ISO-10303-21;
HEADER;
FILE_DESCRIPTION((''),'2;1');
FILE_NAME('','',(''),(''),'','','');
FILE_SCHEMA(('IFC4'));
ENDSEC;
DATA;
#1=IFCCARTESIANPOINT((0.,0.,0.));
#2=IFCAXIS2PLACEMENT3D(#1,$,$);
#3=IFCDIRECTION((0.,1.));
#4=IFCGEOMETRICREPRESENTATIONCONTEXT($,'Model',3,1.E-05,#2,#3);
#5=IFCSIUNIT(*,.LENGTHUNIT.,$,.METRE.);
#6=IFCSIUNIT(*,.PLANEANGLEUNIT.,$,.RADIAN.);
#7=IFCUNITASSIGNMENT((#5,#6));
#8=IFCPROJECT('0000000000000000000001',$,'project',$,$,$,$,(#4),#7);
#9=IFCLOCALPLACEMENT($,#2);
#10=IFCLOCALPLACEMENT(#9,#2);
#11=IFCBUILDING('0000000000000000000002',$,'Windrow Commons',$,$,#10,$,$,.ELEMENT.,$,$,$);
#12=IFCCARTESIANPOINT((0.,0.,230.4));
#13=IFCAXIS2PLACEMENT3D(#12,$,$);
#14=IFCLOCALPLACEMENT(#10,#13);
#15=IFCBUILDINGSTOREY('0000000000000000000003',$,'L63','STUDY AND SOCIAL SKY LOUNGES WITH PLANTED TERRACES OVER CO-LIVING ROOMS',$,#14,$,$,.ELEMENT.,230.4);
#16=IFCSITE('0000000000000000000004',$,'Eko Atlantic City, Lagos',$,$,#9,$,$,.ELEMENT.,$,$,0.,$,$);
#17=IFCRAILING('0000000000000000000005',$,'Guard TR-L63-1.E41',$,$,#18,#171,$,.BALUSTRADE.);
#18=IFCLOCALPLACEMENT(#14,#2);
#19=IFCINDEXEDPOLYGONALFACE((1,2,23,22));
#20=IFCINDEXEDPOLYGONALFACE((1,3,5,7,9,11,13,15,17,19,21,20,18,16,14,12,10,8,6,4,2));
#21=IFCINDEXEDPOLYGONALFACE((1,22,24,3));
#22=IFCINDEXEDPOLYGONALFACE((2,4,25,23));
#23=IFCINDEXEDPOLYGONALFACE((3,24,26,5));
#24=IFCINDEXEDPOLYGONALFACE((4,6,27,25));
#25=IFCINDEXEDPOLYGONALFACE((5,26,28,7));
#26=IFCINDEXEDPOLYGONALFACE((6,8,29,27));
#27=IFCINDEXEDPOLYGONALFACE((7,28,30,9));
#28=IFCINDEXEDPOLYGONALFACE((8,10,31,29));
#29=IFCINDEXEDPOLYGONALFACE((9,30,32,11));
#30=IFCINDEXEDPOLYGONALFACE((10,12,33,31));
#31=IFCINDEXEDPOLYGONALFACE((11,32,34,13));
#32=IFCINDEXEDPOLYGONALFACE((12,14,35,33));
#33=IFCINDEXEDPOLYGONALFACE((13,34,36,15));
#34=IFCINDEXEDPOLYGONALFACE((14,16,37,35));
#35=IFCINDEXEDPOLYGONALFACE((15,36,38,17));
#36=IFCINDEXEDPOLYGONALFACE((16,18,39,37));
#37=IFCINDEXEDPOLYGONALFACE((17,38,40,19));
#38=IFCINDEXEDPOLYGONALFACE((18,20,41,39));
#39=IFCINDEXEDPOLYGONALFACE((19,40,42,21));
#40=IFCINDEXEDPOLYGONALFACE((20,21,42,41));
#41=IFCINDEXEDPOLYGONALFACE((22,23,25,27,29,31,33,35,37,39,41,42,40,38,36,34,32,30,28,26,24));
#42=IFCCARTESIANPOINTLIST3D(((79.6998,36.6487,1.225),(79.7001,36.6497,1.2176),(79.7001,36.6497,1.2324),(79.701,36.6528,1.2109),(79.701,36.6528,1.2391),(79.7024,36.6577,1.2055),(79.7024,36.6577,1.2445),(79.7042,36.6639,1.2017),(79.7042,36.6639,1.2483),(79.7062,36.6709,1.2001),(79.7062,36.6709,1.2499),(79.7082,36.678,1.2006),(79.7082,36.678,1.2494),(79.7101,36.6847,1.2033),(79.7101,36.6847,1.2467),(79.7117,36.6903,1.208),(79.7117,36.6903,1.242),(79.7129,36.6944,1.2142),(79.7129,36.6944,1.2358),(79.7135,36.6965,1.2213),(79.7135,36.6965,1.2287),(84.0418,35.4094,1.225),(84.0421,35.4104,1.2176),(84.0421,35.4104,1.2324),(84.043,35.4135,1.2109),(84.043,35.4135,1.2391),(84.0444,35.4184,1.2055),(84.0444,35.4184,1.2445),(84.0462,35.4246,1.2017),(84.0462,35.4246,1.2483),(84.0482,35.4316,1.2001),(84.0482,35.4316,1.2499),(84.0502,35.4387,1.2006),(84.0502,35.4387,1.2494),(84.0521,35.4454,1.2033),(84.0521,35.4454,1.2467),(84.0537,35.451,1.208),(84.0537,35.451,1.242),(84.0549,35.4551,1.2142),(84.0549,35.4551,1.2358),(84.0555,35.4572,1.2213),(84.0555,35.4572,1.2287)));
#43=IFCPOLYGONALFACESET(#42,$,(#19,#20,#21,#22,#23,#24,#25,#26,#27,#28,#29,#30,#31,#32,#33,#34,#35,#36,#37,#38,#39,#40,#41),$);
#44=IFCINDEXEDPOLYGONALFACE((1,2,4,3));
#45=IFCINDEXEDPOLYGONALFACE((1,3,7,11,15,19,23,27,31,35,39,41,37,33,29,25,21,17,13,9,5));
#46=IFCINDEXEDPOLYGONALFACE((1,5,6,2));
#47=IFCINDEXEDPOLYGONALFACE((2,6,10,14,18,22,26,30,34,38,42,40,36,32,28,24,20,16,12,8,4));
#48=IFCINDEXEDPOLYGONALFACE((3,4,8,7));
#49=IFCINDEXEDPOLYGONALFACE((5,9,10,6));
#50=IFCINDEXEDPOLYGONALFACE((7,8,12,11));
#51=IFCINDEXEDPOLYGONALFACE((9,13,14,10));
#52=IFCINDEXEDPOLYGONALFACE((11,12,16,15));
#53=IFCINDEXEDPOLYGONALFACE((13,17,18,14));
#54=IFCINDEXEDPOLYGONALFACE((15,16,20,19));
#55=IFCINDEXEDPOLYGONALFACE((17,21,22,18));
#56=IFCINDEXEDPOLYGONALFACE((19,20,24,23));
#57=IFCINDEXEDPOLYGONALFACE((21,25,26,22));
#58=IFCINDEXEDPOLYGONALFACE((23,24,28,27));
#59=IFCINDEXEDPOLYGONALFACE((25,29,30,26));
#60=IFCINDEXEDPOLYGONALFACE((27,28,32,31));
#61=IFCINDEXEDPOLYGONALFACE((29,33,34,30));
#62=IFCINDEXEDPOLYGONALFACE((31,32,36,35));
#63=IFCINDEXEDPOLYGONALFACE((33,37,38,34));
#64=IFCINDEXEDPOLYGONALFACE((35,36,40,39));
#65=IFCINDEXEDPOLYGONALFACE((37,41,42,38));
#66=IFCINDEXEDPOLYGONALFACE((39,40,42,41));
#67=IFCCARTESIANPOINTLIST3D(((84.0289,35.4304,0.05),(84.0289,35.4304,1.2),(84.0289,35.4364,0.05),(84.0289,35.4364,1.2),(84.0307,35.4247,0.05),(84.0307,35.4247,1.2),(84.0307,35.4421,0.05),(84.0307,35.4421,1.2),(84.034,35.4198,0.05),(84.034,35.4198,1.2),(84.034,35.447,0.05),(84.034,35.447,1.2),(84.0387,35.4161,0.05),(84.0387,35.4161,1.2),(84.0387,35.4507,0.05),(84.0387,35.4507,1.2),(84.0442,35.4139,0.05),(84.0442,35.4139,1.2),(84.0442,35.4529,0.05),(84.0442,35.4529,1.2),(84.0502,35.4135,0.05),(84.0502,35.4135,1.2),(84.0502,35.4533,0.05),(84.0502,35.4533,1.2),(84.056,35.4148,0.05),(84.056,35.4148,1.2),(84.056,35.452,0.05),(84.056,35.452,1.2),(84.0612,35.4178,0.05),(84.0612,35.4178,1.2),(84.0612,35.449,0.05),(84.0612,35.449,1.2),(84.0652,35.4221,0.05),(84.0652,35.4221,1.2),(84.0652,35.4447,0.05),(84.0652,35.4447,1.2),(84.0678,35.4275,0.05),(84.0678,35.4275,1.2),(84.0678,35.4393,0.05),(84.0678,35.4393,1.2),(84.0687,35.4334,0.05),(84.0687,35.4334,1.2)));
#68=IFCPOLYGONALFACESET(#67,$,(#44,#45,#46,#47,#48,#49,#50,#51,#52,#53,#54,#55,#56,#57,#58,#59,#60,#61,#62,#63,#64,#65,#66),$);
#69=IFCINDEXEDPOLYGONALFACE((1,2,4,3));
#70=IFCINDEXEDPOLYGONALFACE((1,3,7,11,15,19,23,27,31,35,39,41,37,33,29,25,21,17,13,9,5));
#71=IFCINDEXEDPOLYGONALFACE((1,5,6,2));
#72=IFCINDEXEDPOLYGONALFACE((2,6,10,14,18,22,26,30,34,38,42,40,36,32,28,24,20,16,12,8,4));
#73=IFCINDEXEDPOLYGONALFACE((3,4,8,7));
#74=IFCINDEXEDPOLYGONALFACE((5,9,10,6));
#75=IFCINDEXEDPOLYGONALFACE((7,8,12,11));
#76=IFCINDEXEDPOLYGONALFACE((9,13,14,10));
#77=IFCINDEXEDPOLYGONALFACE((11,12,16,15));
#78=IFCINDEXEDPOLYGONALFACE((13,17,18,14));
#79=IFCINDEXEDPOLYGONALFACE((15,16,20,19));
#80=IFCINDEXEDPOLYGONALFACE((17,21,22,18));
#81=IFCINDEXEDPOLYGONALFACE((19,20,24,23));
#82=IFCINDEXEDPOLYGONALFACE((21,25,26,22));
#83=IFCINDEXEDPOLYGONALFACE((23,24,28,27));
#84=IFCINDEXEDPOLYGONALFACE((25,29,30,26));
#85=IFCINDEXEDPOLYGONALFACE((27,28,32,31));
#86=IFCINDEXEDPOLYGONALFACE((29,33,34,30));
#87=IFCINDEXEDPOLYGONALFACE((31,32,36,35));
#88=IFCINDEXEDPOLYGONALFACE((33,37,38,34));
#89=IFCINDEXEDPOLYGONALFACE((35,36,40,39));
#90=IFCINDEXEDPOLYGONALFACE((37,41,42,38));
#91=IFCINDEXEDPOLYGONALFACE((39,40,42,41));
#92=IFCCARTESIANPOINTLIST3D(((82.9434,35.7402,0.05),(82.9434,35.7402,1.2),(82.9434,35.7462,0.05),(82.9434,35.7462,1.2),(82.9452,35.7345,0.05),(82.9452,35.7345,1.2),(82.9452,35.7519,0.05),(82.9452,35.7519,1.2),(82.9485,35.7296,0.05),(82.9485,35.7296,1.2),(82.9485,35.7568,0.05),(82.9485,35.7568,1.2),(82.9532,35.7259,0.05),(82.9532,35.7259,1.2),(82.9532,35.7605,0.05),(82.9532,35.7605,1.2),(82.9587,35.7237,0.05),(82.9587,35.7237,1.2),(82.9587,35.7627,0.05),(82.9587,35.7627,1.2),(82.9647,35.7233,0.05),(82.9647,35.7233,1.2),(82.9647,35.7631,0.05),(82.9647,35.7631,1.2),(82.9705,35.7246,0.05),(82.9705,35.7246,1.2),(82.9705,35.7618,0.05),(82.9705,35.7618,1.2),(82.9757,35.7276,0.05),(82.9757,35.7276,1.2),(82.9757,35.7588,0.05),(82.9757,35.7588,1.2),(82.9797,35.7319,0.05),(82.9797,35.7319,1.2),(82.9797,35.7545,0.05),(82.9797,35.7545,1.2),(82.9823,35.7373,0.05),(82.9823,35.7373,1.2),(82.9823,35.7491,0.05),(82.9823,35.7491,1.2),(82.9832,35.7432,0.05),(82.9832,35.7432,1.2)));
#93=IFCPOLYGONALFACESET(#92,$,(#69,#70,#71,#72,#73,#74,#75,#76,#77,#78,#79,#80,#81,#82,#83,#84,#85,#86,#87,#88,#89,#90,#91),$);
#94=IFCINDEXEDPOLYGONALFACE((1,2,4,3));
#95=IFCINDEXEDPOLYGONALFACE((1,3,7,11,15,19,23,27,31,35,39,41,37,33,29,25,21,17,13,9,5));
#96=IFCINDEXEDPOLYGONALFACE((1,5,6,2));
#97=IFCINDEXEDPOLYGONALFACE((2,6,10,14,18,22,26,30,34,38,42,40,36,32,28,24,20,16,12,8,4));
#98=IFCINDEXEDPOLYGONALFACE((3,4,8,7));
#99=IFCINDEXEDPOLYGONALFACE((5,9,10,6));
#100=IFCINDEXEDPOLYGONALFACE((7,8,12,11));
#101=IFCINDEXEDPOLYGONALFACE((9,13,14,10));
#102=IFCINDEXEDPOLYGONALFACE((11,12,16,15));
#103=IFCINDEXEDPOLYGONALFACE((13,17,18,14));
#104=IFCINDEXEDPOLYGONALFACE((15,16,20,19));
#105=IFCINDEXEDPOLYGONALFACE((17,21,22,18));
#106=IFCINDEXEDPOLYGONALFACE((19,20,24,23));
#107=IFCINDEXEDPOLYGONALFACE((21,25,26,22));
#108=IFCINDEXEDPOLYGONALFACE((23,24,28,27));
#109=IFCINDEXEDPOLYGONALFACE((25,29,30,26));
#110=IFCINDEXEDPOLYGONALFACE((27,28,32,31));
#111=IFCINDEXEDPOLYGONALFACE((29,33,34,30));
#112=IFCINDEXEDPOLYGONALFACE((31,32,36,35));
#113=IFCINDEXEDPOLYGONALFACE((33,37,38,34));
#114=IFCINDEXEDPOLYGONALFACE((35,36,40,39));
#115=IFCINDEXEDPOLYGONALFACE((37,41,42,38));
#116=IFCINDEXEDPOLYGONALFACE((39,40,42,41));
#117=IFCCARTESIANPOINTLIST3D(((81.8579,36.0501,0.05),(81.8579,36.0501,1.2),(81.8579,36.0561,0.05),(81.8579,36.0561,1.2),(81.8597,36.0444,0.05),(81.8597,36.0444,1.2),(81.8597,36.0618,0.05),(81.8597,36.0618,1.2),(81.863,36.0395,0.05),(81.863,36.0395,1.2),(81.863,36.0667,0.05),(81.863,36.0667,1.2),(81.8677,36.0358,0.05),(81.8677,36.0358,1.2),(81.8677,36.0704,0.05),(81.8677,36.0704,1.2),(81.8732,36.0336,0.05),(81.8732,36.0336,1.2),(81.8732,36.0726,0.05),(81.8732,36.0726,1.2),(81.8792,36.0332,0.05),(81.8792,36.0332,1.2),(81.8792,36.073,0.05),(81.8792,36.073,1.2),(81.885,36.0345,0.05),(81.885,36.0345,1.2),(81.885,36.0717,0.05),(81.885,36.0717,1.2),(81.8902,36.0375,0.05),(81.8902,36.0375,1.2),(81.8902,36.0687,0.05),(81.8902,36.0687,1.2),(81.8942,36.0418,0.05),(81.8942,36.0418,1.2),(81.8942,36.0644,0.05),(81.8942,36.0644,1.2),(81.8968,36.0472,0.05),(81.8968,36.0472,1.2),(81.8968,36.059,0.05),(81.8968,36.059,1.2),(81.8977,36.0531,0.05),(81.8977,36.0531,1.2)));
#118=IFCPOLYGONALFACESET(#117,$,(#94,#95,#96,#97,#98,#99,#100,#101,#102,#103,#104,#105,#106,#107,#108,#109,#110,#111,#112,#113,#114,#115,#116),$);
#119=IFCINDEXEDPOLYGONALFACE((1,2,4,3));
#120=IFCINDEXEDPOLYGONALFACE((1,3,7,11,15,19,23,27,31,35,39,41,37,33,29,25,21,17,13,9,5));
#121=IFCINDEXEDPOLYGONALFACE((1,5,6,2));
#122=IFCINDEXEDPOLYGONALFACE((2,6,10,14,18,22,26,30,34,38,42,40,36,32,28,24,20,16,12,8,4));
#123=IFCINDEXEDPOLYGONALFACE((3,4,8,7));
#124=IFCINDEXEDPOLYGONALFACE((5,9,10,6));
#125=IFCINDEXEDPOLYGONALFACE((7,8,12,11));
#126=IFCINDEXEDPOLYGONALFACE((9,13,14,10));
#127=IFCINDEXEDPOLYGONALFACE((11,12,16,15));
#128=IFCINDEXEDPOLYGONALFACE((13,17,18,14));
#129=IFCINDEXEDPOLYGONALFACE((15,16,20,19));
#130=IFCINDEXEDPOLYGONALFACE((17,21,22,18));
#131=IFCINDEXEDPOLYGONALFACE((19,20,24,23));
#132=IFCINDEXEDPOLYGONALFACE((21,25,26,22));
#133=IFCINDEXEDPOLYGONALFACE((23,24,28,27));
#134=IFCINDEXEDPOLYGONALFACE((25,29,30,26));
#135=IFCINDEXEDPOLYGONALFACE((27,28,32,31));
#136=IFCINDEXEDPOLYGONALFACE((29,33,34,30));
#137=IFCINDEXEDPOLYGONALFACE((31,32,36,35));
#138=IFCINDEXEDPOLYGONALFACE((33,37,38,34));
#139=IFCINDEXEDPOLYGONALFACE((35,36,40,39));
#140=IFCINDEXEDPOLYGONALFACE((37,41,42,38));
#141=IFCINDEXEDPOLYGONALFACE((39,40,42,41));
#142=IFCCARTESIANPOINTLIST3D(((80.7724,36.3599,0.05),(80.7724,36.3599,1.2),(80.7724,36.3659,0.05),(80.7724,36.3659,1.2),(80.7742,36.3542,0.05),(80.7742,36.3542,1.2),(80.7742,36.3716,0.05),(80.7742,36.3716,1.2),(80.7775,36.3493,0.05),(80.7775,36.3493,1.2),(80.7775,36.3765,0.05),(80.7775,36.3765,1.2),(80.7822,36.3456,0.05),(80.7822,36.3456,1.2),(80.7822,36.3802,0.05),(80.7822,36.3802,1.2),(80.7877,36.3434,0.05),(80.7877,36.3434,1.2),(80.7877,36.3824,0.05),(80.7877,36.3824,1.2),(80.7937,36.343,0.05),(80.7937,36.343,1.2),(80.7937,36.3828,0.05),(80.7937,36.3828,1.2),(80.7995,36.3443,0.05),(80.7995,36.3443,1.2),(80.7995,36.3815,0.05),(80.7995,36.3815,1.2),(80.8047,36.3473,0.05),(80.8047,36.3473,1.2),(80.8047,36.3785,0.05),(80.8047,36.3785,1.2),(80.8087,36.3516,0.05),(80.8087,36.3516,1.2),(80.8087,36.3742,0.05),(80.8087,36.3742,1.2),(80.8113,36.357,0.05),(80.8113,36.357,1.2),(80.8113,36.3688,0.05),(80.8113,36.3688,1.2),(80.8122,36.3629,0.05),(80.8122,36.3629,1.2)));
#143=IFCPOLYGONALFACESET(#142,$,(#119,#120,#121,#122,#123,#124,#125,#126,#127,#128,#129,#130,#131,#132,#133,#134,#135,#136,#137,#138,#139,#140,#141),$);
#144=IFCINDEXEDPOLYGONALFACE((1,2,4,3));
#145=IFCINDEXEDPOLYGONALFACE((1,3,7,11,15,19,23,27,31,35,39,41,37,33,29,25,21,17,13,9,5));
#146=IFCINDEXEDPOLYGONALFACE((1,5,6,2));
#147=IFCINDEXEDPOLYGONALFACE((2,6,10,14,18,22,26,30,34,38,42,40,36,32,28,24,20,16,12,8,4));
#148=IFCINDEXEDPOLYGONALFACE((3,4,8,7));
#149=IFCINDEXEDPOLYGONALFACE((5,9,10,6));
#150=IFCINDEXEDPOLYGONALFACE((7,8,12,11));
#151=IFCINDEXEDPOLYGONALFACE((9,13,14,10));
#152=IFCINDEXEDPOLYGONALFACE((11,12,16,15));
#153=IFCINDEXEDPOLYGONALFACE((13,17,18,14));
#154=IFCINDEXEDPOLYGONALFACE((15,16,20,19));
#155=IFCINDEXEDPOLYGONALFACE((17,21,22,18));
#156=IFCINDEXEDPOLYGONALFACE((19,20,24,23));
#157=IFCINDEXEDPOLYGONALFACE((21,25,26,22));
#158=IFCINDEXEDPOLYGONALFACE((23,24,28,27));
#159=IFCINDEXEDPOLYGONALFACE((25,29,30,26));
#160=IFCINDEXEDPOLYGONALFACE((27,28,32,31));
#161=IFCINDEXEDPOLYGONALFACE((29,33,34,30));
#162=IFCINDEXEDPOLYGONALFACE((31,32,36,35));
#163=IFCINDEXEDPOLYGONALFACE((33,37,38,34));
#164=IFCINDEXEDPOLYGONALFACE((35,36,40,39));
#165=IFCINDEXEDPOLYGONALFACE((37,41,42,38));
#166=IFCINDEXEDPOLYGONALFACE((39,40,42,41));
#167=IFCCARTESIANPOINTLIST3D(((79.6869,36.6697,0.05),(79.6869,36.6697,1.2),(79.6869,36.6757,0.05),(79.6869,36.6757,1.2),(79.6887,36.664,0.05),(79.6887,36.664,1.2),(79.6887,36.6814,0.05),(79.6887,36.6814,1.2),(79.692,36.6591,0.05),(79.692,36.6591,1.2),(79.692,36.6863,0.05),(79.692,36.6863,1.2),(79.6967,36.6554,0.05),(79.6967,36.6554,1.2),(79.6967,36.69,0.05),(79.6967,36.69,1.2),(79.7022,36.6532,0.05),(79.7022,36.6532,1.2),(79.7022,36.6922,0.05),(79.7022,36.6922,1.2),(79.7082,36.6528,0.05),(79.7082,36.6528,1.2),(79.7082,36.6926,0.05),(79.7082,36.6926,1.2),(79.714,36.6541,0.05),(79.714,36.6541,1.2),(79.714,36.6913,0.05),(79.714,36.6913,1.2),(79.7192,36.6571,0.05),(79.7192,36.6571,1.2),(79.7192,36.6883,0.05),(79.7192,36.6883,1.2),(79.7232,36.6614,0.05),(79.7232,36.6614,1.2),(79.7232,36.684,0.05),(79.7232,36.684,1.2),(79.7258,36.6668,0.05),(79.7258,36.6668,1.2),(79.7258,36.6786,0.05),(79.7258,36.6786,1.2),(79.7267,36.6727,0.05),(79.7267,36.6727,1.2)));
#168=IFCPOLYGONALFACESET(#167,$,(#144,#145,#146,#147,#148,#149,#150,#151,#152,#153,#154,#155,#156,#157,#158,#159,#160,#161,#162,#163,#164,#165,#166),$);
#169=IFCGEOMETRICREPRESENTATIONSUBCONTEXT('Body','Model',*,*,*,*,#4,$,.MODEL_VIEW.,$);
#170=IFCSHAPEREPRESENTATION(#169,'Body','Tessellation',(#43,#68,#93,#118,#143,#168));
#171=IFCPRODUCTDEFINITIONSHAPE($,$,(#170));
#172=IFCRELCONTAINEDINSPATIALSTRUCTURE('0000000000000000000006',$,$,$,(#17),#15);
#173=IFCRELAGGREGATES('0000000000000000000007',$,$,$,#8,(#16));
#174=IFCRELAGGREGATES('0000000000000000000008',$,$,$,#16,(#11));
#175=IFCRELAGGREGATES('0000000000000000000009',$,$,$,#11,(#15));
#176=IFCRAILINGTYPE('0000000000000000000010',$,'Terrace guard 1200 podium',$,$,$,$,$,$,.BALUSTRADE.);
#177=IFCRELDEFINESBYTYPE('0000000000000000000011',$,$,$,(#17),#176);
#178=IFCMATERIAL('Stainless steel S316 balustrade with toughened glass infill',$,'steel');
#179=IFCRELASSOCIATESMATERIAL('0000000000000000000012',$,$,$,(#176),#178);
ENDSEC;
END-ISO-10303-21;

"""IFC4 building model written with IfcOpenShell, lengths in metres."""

from ifc_helpers import new_model, si_unit, direction, frame, origin, origin_2d, place, context, subcontext, project, spatial, circle, extrude, material, type_object, element, save


model = new_model("IFC4")

# Units and contexts
model_context = context("Model", 3, precision=1e-05, world=origin(), true_north=direction((0.0, 1.0)))
body_context = subcontext(model_context, "Body", "Model", "MODEL_VIEW")
ifc_project = project(units=[si_unit("LENGTHUNIT", "METRE"), si_unit("PLANEANGLEUNIT", "RADIAN")], contexts=[model_context])

# Site, building, storey
site_placement = place(None, origin())
site = spatial("IfcSite", under=ifc_project, at=site_placement, Name="Eko Atlantic City, Lagos", CompositionType="ELEMENT", RefElevation=0.0)
building_placement = place(site_placement, origin())
building = spatial("IfcBuilding", under=site, at=building_placement, Name="Windrow Commons", CompositionType="ELEMENT")
storey_placement = place(building_placement, frame((0.0, 0.0, 230.4)))
storey = spatial("IfcBuildingStorey", under=building, at=storey_placement, Name="L63", Description="STUDY AND SOCIAL SKY LOUNGES WITH PLANTED TERRACES OVER CO-LIVING ROOMS", CompositionType="ELEMENT", Elevation=230.4)

# Railing
ifc_material_1 = material(Name="Stainless steel S316 balustrade with toughened glass infill", Category="steel")
railing_type = type_object("IfcRailingType", Name="Terrace guard 1200 podium", PredefinedType="BALUSTRADE", material=ifc_material_1)
railing_1_placement = place(storey_placement, frame((84.0487, 35.4334, 0.05)))
element("IfcRailing", 1, at=railing_1_placement, inside=storey, type_object=railing_type, Name="Guard TR-L63-1.E41", PredefinedType="BALUSTRADE", context=body_context, shape_type="SweptSolid", body=[
    extrude(circle(Radius=0.025, at=origin_2d()), frame((0.0, 0.0, 1.175), z_axis=(-0.961598, 0.274461, 0.0), x_axis=(-0.274461, -0.961598, 0.0)), (0.0, 0.0, 1.0), 4.5154),
    extrude(circle(Radius=0.02, at=origin_2d()), origin(), (0.0, 0.0, 1.0), 1.15),
    extrude(circle(Radius=0.02, at=origin_2d()), frame((-1.0855, 0.3098, 0.0)), (0.0, 0.0, 1.0), 1.15),
    extrude(circle(Radius=0.02, at=origin_2d()), frame((-2.171, 0.6197, 0.0)), (0.0, 0.0, 1.0), 1.15),
    extrude(circle(Radius=0.02, at=origin_2d()), frame((-3.2565, 0.9295, 0.0)), (0.0, 0.0, 1.0), 1.15),
    extrude(circle(Radius=0.02, at=origin_2d()), frame((-4.342, 1.2393, 0.0)), (0.0, 0.0, 1.0), 1.15),
])

save(model, "model.ifc")
